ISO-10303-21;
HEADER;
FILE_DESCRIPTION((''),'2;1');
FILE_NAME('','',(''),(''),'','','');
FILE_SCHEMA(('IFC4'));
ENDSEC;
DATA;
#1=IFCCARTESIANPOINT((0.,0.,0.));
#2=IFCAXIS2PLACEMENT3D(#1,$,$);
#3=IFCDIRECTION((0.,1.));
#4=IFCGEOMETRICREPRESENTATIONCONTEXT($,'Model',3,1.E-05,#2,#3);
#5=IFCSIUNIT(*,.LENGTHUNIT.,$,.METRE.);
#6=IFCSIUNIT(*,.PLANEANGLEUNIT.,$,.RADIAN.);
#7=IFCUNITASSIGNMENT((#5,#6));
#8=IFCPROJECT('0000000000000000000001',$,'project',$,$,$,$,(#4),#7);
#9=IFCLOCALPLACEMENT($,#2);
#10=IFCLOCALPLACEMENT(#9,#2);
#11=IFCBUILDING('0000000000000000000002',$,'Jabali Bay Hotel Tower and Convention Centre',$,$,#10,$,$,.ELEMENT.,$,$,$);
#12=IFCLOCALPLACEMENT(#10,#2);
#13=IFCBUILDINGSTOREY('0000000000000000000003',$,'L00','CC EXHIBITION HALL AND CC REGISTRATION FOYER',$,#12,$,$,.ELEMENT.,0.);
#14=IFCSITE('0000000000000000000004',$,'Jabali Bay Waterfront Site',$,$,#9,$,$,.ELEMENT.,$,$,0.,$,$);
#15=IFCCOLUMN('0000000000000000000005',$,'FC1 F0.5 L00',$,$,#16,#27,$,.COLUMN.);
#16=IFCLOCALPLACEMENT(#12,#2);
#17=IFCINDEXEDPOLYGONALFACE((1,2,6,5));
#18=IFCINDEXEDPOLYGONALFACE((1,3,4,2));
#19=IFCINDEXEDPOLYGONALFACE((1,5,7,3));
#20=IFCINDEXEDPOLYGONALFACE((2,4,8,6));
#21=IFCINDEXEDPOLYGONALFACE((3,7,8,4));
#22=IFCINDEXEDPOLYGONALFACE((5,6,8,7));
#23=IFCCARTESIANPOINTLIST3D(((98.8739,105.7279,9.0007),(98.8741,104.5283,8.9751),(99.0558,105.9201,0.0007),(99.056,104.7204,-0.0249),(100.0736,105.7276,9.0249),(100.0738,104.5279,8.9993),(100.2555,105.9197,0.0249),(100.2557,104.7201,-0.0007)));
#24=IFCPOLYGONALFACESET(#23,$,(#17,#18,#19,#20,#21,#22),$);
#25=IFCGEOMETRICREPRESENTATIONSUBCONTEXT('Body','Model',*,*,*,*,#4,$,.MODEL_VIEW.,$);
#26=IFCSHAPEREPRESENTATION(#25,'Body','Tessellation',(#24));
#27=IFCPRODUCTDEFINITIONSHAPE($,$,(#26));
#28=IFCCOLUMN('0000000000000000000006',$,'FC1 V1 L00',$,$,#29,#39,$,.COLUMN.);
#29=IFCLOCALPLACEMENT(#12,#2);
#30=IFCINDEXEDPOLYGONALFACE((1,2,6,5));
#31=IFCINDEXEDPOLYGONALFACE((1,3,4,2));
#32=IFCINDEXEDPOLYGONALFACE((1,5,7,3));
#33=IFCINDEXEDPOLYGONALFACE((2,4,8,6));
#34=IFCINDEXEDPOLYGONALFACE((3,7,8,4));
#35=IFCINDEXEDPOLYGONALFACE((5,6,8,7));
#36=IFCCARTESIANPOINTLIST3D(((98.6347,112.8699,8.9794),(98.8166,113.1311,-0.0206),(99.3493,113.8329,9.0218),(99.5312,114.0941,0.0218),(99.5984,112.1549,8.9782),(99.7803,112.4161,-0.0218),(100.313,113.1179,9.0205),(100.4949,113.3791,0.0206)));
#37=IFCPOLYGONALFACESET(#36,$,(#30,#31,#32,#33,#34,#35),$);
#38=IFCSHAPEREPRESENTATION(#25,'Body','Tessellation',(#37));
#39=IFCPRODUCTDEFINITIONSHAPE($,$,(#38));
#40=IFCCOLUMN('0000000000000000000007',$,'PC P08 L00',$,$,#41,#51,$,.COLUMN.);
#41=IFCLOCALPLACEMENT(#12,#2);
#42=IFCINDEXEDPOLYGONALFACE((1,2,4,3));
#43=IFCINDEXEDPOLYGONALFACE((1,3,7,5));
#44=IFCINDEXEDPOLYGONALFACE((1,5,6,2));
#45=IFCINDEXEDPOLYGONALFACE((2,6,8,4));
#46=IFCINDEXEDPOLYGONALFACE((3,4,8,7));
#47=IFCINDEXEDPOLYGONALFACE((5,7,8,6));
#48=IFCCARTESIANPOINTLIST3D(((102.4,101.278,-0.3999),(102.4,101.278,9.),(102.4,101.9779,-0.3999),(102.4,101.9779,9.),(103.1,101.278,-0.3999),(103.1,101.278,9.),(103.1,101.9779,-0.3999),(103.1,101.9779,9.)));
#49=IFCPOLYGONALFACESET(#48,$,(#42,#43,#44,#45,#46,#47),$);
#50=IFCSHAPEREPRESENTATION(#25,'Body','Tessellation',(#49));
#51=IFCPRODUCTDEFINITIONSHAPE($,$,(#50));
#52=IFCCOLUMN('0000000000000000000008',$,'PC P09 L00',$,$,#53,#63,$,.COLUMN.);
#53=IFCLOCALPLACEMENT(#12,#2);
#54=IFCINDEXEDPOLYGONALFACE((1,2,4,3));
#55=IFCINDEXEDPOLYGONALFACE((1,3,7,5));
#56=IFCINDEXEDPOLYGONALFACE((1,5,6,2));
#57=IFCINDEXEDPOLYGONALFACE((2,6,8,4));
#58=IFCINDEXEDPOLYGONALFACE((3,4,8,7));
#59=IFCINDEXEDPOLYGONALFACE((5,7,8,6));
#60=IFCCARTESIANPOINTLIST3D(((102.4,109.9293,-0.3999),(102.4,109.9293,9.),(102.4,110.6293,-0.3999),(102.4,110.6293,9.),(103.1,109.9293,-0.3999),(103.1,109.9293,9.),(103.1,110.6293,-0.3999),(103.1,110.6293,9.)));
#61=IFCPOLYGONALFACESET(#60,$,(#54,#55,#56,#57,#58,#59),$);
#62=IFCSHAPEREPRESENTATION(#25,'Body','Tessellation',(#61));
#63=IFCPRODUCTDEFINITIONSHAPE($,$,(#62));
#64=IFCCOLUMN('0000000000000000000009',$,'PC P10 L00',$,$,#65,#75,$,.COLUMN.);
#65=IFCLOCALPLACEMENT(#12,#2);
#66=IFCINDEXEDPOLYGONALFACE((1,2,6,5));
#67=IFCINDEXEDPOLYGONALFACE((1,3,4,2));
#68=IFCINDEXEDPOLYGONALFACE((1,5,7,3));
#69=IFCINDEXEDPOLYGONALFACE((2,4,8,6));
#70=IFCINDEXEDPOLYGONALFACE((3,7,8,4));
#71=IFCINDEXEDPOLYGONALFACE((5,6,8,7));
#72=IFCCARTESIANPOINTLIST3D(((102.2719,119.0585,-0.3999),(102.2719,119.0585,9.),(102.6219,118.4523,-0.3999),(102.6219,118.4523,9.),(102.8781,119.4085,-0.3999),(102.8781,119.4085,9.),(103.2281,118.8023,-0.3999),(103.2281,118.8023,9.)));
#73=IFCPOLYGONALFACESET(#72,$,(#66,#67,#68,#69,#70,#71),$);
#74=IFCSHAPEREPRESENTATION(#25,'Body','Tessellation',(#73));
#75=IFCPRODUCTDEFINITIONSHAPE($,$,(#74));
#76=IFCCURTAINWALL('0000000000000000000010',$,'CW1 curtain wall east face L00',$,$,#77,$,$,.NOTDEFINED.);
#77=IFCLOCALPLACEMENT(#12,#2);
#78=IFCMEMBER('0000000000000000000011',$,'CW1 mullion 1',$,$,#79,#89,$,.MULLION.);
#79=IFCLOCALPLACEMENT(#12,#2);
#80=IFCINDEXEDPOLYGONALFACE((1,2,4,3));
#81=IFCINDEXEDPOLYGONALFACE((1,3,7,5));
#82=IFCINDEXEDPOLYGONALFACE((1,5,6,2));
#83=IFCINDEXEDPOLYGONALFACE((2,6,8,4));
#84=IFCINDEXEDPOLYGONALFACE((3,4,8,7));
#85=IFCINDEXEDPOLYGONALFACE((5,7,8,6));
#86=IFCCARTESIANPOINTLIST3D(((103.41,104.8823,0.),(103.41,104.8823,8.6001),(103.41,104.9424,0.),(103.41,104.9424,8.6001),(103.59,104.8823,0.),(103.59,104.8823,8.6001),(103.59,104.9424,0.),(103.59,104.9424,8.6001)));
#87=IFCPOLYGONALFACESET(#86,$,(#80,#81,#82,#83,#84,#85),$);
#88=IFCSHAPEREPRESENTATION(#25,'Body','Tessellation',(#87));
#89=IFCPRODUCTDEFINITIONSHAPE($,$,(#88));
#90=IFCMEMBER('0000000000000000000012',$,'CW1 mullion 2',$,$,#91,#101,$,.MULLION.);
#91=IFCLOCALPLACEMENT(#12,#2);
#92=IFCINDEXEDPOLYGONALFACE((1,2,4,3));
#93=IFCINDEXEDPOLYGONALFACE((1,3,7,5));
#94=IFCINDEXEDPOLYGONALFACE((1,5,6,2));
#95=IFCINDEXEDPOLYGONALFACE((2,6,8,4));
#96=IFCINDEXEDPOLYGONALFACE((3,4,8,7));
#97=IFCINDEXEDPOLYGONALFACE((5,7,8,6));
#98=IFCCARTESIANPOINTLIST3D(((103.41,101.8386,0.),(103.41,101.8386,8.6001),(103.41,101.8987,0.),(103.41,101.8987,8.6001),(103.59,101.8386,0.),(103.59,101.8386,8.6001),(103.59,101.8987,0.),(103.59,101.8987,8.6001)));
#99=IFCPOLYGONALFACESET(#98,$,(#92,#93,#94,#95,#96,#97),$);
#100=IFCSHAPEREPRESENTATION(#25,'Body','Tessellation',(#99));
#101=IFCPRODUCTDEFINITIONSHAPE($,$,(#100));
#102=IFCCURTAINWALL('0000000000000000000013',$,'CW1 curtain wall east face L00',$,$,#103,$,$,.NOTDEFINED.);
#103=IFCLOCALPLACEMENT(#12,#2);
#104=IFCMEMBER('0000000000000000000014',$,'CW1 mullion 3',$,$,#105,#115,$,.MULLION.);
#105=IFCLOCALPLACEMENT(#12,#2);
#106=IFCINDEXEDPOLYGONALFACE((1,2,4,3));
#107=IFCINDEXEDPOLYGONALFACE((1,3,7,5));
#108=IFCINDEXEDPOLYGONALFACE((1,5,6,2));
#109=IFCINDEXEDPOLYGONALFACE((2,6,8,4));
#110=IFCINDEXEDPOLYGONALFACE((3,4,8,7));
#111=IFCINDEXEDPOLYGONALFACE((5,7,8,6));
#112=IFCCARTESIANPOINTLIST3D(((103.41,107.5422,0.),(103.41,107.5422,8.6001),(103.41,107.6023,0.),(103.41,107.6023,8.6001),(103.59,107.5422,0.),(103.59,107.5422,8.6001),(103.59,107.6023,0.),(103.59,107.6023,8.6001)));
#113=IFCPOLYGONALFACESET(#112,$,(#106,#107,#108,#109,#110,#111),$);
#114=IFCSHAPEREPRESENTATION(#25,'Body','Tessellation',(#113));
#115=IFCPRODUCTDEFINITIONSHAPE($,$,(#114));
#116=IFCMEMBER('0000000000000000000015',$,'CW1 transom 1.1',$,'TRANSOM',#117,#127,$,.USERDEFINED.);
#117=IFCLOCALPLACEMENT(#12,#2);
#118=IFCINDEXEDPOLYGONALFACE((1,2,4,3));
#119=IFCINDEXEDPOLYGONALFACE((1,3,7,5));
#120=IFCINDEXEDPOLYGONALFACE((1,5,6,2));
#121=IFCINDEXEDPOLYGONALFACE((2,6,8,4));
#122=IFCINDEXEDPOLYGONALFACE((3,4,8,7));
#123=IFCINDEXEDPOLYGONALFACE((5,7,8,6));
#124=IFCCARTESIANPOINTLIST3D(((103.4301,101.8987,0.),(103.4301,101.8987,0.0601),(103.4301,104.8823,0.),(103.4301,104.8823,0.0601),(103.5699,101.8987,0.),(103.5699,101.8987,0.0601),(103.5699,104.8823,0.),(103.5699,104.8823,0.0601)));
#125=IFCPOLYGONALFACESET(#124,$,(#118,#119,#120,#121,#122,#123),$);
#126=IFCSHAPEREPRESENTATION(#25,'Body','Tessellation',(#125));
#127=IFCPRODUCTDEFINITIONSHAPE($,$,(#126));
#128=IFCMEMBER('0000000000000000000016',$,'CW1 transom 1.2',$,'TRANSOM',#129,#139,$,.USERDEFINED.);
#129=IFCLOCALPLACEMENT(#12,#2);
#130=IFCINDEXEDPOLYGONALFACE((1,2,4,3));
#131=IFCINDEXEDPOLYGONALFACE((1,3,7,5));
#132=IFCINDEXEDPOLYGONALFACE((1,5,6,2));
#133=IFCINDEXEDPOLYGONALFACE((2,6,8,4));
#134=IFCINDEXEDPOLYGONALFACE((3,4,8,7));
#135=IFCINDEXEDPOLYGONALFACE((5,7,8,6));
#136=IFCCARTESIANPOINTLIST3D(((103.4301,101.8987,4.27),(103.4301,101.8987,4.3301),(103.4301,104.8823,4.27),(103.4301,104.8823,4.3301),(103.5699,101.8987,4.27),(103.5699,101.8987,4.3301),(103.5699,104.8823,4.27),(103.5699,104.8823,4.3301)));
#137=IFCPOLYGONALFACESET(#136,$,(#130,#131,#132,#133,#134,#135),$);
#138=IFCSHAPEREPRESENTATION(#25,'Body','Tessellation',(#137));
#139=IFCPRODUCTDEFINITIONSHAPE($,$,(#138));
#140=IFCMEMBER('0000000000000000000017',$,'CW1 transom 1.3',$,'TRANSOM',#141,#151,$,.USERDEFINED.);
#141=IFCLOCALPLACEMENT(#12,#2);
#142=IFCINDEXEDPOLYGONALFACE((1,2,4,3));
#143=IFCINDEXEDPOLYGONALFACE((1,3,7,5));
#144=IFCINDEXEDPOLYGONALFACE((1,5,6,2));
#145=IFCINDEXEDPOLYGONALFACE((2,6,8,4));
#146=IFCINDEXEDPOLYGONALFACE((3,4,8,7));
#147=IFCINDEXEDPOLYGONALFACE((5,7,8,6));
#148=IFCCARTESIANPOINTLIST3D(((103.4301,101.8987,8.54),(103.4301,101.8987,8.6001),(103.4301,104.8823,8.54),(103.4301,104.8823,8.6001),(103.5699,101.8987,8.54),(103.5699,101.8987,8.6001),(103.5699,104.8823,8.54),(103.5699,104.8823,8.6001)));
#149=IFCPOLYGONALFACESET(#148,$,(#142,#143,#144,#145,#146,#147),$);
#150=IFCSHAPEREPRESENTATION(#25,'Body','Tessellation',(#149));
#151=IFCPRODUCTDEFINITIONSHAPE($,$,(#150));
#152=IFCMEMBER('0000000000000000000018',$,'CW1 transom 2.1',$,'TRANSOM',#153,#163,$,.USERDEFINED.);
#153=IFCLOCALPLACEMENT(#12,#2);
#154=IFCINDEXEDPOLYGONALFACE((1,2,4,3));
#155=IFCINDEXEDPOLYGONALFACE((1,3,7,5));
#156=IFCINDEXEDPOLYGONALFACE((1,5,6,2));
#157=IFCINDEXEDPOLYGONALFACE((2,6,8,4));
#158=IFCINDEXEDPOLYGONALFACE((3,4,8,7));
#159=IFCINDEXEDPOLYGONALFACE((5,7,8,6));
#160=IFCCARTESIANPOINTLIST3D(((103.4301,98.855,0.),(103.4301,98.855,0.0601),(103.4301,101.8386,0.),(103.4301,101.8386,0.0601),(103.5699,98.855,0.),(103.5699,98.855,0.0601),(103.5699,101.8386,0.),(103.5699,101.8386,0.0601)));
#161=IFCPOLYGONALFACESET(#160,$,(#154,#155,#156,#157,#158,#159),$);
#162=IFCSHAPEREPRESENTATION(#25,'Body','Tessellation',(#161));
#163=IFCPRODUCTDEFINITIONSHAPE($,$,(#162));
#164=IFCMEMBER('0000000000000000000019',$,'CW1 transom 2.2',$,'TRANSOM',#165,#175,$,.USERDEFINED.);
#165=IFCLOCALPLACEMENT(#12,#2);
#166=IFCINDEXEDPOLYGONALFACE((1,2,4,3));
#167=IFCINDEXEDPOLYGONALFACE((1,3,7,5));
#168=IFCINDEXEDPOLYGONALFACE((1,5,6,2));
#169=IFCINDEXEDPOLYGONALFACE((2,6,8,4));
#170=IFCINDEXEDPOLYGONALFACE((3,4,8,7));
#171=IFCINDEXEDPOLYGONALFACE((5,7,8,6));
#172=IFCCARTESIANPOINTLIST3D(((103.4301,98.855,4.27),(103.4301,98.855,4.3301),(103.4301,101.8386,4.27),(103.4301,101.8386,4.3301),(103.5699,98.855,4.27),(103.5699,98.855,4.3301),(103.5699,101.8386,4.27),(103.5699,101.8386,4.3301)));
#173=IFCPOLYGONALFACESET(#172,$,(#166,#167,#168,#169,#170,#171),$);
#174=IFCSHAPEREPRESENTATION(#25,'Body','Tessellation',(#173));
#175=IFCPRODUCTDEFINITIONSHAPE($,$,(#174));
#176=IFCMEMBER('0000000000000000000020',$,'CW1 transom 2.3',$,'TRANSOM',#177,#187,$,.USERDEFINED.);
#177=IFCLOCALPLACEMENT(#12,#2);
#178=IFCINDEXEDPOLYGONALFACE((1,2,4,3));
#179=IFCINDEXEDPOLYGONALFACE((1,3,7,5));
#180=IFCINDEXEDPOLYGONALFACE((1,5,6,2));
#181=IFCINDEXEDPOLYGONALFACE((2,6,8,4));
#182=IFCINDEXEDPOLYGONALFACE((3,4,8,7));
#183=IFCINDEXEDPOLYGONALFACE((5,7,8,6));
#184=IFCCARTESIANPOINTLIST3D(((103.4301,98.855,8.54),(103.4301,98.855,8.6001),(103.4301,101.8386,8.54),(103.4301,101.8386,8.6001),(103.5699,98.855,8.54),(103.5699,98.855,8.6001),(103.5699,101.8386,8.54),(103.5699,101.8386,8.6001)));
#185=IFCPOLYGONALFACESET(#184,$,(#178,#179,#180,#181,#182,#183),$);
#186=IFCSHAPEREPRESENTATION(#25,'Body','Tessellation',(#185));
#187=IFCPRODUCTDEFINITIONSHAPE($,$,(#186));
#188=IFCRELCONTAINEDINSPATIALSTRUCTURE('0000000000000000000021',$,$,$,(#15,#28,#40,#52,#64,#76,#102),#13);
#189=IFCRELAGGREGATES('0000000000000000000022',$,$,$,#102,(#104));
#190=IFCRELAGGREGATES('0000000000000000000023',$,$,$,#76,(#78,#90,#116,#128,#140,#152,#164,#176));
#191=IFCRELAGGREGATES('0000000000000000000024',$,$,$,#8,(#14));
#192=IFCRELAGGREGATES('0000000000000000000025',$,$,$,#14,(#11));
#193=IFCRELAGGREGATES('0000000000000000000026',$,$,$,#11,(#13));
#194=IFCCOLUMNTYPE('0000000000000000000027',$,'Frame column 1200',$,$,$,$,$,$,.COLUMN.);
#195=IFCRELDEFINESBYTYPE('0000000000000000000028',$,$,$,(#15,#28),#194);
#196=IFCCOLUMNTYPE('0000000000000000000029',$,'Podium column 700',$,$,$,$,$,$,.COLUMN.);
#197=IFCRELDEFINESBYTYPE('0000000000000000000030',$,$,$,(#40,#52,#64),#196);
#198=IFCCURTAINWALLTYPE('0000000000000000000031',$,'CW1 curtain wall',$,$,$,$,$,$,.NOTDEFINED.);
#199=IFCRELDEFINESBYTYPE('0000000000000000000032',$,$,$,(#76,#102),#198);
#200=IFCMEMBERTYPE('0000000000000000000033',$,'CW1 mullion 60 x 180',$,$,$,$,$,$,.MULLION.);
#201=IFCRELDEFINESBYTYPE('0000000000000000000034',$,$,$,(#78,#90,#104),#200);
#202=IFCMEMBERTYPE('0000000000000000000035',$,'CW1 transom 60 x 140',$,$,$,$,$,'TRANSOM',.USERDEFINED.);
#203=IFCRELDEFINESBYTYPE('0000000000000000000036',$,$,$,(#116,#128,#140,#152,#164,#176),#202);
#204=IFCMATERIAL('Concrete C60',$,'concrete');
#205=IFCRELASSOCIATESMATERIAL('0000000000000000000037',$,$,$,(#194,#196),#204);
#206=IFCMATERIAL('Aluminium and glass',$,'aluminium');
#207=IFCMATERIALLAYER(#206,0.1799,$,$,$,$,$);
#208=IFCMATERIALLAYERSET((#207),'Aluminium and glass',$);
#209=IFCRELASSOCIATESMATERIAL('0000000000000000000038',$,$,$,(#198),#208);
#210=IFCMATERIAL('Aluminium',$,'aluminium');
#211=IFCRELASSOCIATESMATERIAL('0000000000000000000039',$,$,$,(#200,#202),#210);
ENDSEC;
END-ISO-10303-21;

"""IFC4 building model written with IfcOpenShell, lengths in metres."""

from ifc_helpers import new_model, si_unit, direction, frame, origin, origin_2d, place, context, subcontext, project, spatial, rectangle, extrude, material, layer, layer_set, material_profile, profile_set, type_object, element, aggregate, save


model = new_model("IFC4")

# Units and contexts
model_context = context("Model", 3, precision=1e-05, world=origin(), true_north=direction((0.0, 1.0)))
body_context = subcontext(model_context, "Body", "Model", "MODEL_VIEW")
ifc_project = project(units=[si_unit("LENGTHUNIT", "METRE"), si_unit("PLANEANGLEUNIT", "RADIAN")], contexts=[model_context])

# Site, building, storey
site_placement = place(None, origin())
site = spatial("IfcSite", under=ifc_project, at=site_placement, Name="Jabali Bay Waterfront Site", CompositionType="ELEMENT", RefElevation=0.0)
building_placement = place(site_placement, origin())
building = spatial("IfcBuilding", under=site, at=building_placement, Name="Jabali Bay Hotel Tower and Convention Centre", CompositionType="ELEMENT")
storey_placement = place(building_placement, origin())
storey = spatial("IfcBuildingStorey", under=building, at=storey_placement, Name="L00", Description="CC EXHIBITION HALL AND CC REGISTRATION FOYER", CompositionType="ELEMENT", Elevation=0.0)

# Columns
ifc_material_1 = material(Name="Concrete C60", Category="concrete")
ifc_material_profile_1 = material_profile(ifc_material_1, rectangle(XDim=1.2, YDim=1.2, at=origin_2d()), Name="Frame column 1200")
ifc_profile_set_1 = profile_set([ifc_material_profile_1], Name="Concrete C60")
column_type_1 = type_object("IfcColumnType", Name="Frame column 1200", PredefinedType="COLUMN", material=ifc_profile_set_1)
column_1_placement = place(storey_placement, frame((99.6558, 105.3201, 0.0), z_axis=(-0.020201, -0.02134, 0.999568), x_axis=(0.999796, -0.000272, 0.020199)))
element("IfcColumn", 1, at=column_1_placement, inside=storey, type_object=column_type_1, Name="FC1 F0.5 L00", PredefinedType="COLUMN", context=body_context, shape_type="SweptSolid", body=[
    extrude(rectangle(XDim=1.2, YDim=1.2, at=origin_2d()), origin(), (0.0, 0.0, 1.0), 9.0039),
])
column_2_placement = place(storey_placement, frame((99.6558, 113.2551, 0.0), z_axis=(-0.020197, -0.029007, 0.999375), x_axis=(0.595527, 0.802558, 0.03533)))
element("IfcColumn", 2, at=column_2_placement, inside=storey, type_object=column_type_1, Name="FC1 V1 L00", PredefinedType="COLUMN", context=body_context, shape_type="SweptSolid", body=[
    extrude(rectangle(XDim=1.2, YDim=1.2, at=origin_2d()), origin(), (0.0, 0.0, 1.0), 9.0056),
])
ifc_material_profile_2 = material_profile(ifc_material_1, rectangle(XDim=0.7, YDim=0.7, at=origin_2d()), Name="Podium column 700")
ifc_profile_set_2 = profile_set([ifc_material_profile_2], Name="Concrete C60")
column_type_2 = type_object("IfcColumnType", Name="Podium column 700", PredefinedType="COLUMN", material=ifc_profile_set_2)
for number, where, z_axis, x_axis, name in (
    (3, (102.75, 101.6279, -0.3999), (0.0, 0.0, 1.0), (1.0, 0.0, 0.0), "PC P08 L00"),
    (4, (102.75, 110.2793, -0.3999), (0.0, 0.0, 1.0), (1.0, 0.0, 0.0), "PC P09 L00"),
    (5, (102.75, 118.9304, -0.3999), (0.0, 0.0, 1.0), (0.866025, 0.5, 0.0), "PC P10 L00"),
):
    element("IfcColumn", number, at=place(storey_placement, frame(where, z_axis=z_axis, x_axis=x_axis)), inside=storey, type_object=column_type_2, Name=name, PredefinedType="COLUMN", context=body_context, shape_type="SweptSolid", body=[
        extrude(rectangle(XDim=0.7, YDim=0.7, at=origin_2d()), origin(), (0.0, 0.0, 1.0), 9.3999),
    ])

# Curtain wall, members
ifc_material_2 = material(Name="Aluminium and glass", Category="aluminium")
ifc_layer_1 = layer(ifc_material_2, 0.1799)
ifc_layer_set_1 = layer_set([ifc_layer_1], Name="Aluminium and glass")
curtain_wall_type = type_object("IfcCurtainWallType", Name="CW1 curtain wall", PredefinedType="NOTDEFINED", material=ifc_layer_set_1)
curtain_wall_1_placement = place(storey_placement, origin())
curtain_wall_1 = element("IfcCurtainWall", 6, at=curtain_wall_1_placement, inside=storey, type_object=curtain_wall_type, Name="CW1 curtain wall east face L00", PredefinedType="NOTDEFINED")
ifc_material_3 = material(Name="Aluminium", Category="aluminium")
ifc_material_profile_3 = material_profile(ifc_material_3, rectangle(XDim=0.1799, YDim=0.0601, at=origin_2d()), Name="CW1 mullion 60 x 180")
ifc_profile_set_3 = profile_set([ifc_material_profile_3], Name="Aluminium")
member_type_1 = type_object("IfcMemberType", Name="CW1 mullion 60 x 180", PredefinedType="MULLION", material=ifc_profile_set_3)
member_1_placement = place(storey_placement, frame((103.5, 104.9124, 0.0), z_axis=(0.0, 0.0, 1.0), x_axis=(1.0, 0.0, 0.0)))
member_1 = element("IfcMember", 7, at=member_1_placement, type_object=member_type_1, Name="CW1 mullion 1", PredefinedType="MULLION", context=body_context, shape_type="SweptSolid", body=[
    extrude(rectangle(XDim=0.1799, YDim=0.0601, at=origin_2d()), origin(), (0.0, 0.0, 1.0), 8.6001),
])
member_2_placement = place(storey_placement, frame((103.5, 101.8687, 0.0), z_axis=(0.0, 0.0, 1.0), x_axis=(1.0, 0.0, 0.0)))
member_2 = element("IfcMember", 8, at=member_2_placement, type_object=member_type_1, Name="CW1 mullion 2", PredefinedType="MULLION", context=body_context, shape_type="SweptSolid", body=[
    extrude(rectangle(XDim=0.1799, YDim=0.0601, at=origin_2d()), origin(), (0.0, 0.0, 1.0), 8.6001),
])

# Curtain wall, member
curtain_wall_2_placement = place(storey_placement, origin())
curtain_wall_2 = element("IfcCurtainWall", 9, at=curtain_wall_2_placement, inside=storey, type_object=curtain_wall_type, Name="CW1 curtain wall east face L00", PredefinedType="NOTDEFINED")
member_3_placement = place(storey_placement, frame((103.5, 107.5723, 0.0), z_axis=(0.0, 0.0, 1.0), x_axis=(1.0, 0.0, 0.0)))
member_3 = element("IfcMember", 10, at=member_3_placement, type_object=member_type_1, Name="CW1 mullion 3", PredefinedType="MULLION", context=body_context, shape_type="SweptSolid", body=[
    extrude(rectangle(XDim=0.1799, YDim=0.0601, at=origin_2d()), origin(), (0.0, 0.0, 1.0), 8.6001),
])
aggregate(curtain_wall_2, [member_3])

# Members
ifc_material_profile_4 = material_profile(ifc_material_3, rectangle(XDim=0.1399, YDim=0.0601, at=origin_2d()), Name="CW1 transom 60 x 140")
ifc_profile_set_4 = profile_set([ifc_material_profile_4], Name="Aluminium")
member_type_2 = type_object("IfcMemberType", Name="CW1 transom 60 x 140", ElementType="TRANSOM", PredefinedType="USERDEFINED", material=ifc_profile_set_4)
member_4_placement = place(storey_placement, frame((103.5, 104.8823, 0.03), z_axis=(0.0, -1.0, 0.0), x_axis=(1.0, 0.0, 0.0)))
member_4 = element("IfcMember", 11, at=member_4_placement, type_object=member_type_2, Name="CW1 transom 1.1", ObjectType="TRANSOM", PredefinedType="USERDEFINED", context=body_context, shape_type="SweptSolid", body=[
    extrude(rectangle(XDim=0.1399, YDim=0.0601, at=origin_2d()), origin(), (0.0, 0.0, 1.0), 2.9836),
])
member_5_placement = place(storey_placement, frame((103.5, 104.8823, 4.3), z_axis=(0.0, -1.0, 0.0), x_axis=(1.0, 0.0, 0.0)))
member_5 = element("IfcMember", 12, at=member_5_placement, type_object=member_type_2, Name="CW1 transom 1.2", ObjectType="TRANSOM", PredefinedType="USERDEFINED", context=body_context, shape_type="SweptSolid", body=[
    extrude(rectangle(XDim=0.1399, YDim=0.0601, at=origin_2d()), origin(), (0.0, 0.0, 1.0), 2.9836),
])
member_6_placement = place(storey_placement, frame((103.5, 104.8823, 8.5701), z_axis=(0.0, -1.0, 0.0), x_axis=(1.0, 0.0, 0.0)))
member_6 = element("IfcMember", 13, at=member_6_placement, type_object=member_type_2, Name="CW1 transom 1.3", ObjectType="TRANSOM", PredefinedType="USERDEFINED", context=body_context, shape_type="SweptSolid", body=[
    extrude(rectangle(XDim=0.1399, YDim=0.0601, at=origin_2d()), origin(), (0.0, 0.0, 1.0), 2.9836),
])
member_7_placement = place(storey_placement, frame((103.5, 101.8386, 0.03), z_axis=(0.0, -1.0, 0.0), x_axis=(1.0, 0.0, 0.0)))
member_7 = element("IfcMember", 14, at=member_7_placement, type_object=member_type_2, Name="CW1 transom 2.1", ObjectType="TRANSOM", PredefinedType="USERDEFINED", context=body_context, shape_type="SweptSolid", body=[
    extrude(rectangle(XDim=0.1399, YDim=0.0601, at=origin_2d()), origin(), (0.0, 0.0, 1.0), 2.9836),
])
member_8_placement = place(storey_placement, frame((103.5, 101.8386, 4.3), z_axis=(0.0, -1.0, 0.0), x_axis=(1.0, 0.0, 0.0)))
member_8 = element("IfcMember", 15, at=member_8_placement, type_object=member_type_2, Name="CW1 transom 2.2", ObjectType="TRANSOM", PredefinedType="USERDEFINED", context=body_context, shape_type="SweptSolid", body=[
    extrude(rectangle(XDim=0.1399, YDim=0.0601, at=origin_2d()), origin(), (0.0, 0.0, 1.0), 2.9836),
])
member_9_placement = place(storey_placement, frame((103.5, 101.8386, 8.5701), z_axis=(0.0, -1.0, 0.0), x_axis=(1.0, 0.0, 0.0)))
member_9 = element("IfcMember", 16, at=member_9_placement, type_object=member_type_2, Name="CW1 transom 2.3", ObjectType="TRANSOM", PredefinedType="USERDEFINED", context=body_context, shape_type="SweptSolid", body=[
    extrude(rectangle(XDim=0.1399, YDim=0.0601, at=origin_2d()), origin(), (0.0, 0.0, 1.0), 2.9836),
])

aggregate(curtain_wall_1, [member_1, member_2, member_4, member_5, member_6, member_7, member_8, member_9])

save(model, "model.ifc")
